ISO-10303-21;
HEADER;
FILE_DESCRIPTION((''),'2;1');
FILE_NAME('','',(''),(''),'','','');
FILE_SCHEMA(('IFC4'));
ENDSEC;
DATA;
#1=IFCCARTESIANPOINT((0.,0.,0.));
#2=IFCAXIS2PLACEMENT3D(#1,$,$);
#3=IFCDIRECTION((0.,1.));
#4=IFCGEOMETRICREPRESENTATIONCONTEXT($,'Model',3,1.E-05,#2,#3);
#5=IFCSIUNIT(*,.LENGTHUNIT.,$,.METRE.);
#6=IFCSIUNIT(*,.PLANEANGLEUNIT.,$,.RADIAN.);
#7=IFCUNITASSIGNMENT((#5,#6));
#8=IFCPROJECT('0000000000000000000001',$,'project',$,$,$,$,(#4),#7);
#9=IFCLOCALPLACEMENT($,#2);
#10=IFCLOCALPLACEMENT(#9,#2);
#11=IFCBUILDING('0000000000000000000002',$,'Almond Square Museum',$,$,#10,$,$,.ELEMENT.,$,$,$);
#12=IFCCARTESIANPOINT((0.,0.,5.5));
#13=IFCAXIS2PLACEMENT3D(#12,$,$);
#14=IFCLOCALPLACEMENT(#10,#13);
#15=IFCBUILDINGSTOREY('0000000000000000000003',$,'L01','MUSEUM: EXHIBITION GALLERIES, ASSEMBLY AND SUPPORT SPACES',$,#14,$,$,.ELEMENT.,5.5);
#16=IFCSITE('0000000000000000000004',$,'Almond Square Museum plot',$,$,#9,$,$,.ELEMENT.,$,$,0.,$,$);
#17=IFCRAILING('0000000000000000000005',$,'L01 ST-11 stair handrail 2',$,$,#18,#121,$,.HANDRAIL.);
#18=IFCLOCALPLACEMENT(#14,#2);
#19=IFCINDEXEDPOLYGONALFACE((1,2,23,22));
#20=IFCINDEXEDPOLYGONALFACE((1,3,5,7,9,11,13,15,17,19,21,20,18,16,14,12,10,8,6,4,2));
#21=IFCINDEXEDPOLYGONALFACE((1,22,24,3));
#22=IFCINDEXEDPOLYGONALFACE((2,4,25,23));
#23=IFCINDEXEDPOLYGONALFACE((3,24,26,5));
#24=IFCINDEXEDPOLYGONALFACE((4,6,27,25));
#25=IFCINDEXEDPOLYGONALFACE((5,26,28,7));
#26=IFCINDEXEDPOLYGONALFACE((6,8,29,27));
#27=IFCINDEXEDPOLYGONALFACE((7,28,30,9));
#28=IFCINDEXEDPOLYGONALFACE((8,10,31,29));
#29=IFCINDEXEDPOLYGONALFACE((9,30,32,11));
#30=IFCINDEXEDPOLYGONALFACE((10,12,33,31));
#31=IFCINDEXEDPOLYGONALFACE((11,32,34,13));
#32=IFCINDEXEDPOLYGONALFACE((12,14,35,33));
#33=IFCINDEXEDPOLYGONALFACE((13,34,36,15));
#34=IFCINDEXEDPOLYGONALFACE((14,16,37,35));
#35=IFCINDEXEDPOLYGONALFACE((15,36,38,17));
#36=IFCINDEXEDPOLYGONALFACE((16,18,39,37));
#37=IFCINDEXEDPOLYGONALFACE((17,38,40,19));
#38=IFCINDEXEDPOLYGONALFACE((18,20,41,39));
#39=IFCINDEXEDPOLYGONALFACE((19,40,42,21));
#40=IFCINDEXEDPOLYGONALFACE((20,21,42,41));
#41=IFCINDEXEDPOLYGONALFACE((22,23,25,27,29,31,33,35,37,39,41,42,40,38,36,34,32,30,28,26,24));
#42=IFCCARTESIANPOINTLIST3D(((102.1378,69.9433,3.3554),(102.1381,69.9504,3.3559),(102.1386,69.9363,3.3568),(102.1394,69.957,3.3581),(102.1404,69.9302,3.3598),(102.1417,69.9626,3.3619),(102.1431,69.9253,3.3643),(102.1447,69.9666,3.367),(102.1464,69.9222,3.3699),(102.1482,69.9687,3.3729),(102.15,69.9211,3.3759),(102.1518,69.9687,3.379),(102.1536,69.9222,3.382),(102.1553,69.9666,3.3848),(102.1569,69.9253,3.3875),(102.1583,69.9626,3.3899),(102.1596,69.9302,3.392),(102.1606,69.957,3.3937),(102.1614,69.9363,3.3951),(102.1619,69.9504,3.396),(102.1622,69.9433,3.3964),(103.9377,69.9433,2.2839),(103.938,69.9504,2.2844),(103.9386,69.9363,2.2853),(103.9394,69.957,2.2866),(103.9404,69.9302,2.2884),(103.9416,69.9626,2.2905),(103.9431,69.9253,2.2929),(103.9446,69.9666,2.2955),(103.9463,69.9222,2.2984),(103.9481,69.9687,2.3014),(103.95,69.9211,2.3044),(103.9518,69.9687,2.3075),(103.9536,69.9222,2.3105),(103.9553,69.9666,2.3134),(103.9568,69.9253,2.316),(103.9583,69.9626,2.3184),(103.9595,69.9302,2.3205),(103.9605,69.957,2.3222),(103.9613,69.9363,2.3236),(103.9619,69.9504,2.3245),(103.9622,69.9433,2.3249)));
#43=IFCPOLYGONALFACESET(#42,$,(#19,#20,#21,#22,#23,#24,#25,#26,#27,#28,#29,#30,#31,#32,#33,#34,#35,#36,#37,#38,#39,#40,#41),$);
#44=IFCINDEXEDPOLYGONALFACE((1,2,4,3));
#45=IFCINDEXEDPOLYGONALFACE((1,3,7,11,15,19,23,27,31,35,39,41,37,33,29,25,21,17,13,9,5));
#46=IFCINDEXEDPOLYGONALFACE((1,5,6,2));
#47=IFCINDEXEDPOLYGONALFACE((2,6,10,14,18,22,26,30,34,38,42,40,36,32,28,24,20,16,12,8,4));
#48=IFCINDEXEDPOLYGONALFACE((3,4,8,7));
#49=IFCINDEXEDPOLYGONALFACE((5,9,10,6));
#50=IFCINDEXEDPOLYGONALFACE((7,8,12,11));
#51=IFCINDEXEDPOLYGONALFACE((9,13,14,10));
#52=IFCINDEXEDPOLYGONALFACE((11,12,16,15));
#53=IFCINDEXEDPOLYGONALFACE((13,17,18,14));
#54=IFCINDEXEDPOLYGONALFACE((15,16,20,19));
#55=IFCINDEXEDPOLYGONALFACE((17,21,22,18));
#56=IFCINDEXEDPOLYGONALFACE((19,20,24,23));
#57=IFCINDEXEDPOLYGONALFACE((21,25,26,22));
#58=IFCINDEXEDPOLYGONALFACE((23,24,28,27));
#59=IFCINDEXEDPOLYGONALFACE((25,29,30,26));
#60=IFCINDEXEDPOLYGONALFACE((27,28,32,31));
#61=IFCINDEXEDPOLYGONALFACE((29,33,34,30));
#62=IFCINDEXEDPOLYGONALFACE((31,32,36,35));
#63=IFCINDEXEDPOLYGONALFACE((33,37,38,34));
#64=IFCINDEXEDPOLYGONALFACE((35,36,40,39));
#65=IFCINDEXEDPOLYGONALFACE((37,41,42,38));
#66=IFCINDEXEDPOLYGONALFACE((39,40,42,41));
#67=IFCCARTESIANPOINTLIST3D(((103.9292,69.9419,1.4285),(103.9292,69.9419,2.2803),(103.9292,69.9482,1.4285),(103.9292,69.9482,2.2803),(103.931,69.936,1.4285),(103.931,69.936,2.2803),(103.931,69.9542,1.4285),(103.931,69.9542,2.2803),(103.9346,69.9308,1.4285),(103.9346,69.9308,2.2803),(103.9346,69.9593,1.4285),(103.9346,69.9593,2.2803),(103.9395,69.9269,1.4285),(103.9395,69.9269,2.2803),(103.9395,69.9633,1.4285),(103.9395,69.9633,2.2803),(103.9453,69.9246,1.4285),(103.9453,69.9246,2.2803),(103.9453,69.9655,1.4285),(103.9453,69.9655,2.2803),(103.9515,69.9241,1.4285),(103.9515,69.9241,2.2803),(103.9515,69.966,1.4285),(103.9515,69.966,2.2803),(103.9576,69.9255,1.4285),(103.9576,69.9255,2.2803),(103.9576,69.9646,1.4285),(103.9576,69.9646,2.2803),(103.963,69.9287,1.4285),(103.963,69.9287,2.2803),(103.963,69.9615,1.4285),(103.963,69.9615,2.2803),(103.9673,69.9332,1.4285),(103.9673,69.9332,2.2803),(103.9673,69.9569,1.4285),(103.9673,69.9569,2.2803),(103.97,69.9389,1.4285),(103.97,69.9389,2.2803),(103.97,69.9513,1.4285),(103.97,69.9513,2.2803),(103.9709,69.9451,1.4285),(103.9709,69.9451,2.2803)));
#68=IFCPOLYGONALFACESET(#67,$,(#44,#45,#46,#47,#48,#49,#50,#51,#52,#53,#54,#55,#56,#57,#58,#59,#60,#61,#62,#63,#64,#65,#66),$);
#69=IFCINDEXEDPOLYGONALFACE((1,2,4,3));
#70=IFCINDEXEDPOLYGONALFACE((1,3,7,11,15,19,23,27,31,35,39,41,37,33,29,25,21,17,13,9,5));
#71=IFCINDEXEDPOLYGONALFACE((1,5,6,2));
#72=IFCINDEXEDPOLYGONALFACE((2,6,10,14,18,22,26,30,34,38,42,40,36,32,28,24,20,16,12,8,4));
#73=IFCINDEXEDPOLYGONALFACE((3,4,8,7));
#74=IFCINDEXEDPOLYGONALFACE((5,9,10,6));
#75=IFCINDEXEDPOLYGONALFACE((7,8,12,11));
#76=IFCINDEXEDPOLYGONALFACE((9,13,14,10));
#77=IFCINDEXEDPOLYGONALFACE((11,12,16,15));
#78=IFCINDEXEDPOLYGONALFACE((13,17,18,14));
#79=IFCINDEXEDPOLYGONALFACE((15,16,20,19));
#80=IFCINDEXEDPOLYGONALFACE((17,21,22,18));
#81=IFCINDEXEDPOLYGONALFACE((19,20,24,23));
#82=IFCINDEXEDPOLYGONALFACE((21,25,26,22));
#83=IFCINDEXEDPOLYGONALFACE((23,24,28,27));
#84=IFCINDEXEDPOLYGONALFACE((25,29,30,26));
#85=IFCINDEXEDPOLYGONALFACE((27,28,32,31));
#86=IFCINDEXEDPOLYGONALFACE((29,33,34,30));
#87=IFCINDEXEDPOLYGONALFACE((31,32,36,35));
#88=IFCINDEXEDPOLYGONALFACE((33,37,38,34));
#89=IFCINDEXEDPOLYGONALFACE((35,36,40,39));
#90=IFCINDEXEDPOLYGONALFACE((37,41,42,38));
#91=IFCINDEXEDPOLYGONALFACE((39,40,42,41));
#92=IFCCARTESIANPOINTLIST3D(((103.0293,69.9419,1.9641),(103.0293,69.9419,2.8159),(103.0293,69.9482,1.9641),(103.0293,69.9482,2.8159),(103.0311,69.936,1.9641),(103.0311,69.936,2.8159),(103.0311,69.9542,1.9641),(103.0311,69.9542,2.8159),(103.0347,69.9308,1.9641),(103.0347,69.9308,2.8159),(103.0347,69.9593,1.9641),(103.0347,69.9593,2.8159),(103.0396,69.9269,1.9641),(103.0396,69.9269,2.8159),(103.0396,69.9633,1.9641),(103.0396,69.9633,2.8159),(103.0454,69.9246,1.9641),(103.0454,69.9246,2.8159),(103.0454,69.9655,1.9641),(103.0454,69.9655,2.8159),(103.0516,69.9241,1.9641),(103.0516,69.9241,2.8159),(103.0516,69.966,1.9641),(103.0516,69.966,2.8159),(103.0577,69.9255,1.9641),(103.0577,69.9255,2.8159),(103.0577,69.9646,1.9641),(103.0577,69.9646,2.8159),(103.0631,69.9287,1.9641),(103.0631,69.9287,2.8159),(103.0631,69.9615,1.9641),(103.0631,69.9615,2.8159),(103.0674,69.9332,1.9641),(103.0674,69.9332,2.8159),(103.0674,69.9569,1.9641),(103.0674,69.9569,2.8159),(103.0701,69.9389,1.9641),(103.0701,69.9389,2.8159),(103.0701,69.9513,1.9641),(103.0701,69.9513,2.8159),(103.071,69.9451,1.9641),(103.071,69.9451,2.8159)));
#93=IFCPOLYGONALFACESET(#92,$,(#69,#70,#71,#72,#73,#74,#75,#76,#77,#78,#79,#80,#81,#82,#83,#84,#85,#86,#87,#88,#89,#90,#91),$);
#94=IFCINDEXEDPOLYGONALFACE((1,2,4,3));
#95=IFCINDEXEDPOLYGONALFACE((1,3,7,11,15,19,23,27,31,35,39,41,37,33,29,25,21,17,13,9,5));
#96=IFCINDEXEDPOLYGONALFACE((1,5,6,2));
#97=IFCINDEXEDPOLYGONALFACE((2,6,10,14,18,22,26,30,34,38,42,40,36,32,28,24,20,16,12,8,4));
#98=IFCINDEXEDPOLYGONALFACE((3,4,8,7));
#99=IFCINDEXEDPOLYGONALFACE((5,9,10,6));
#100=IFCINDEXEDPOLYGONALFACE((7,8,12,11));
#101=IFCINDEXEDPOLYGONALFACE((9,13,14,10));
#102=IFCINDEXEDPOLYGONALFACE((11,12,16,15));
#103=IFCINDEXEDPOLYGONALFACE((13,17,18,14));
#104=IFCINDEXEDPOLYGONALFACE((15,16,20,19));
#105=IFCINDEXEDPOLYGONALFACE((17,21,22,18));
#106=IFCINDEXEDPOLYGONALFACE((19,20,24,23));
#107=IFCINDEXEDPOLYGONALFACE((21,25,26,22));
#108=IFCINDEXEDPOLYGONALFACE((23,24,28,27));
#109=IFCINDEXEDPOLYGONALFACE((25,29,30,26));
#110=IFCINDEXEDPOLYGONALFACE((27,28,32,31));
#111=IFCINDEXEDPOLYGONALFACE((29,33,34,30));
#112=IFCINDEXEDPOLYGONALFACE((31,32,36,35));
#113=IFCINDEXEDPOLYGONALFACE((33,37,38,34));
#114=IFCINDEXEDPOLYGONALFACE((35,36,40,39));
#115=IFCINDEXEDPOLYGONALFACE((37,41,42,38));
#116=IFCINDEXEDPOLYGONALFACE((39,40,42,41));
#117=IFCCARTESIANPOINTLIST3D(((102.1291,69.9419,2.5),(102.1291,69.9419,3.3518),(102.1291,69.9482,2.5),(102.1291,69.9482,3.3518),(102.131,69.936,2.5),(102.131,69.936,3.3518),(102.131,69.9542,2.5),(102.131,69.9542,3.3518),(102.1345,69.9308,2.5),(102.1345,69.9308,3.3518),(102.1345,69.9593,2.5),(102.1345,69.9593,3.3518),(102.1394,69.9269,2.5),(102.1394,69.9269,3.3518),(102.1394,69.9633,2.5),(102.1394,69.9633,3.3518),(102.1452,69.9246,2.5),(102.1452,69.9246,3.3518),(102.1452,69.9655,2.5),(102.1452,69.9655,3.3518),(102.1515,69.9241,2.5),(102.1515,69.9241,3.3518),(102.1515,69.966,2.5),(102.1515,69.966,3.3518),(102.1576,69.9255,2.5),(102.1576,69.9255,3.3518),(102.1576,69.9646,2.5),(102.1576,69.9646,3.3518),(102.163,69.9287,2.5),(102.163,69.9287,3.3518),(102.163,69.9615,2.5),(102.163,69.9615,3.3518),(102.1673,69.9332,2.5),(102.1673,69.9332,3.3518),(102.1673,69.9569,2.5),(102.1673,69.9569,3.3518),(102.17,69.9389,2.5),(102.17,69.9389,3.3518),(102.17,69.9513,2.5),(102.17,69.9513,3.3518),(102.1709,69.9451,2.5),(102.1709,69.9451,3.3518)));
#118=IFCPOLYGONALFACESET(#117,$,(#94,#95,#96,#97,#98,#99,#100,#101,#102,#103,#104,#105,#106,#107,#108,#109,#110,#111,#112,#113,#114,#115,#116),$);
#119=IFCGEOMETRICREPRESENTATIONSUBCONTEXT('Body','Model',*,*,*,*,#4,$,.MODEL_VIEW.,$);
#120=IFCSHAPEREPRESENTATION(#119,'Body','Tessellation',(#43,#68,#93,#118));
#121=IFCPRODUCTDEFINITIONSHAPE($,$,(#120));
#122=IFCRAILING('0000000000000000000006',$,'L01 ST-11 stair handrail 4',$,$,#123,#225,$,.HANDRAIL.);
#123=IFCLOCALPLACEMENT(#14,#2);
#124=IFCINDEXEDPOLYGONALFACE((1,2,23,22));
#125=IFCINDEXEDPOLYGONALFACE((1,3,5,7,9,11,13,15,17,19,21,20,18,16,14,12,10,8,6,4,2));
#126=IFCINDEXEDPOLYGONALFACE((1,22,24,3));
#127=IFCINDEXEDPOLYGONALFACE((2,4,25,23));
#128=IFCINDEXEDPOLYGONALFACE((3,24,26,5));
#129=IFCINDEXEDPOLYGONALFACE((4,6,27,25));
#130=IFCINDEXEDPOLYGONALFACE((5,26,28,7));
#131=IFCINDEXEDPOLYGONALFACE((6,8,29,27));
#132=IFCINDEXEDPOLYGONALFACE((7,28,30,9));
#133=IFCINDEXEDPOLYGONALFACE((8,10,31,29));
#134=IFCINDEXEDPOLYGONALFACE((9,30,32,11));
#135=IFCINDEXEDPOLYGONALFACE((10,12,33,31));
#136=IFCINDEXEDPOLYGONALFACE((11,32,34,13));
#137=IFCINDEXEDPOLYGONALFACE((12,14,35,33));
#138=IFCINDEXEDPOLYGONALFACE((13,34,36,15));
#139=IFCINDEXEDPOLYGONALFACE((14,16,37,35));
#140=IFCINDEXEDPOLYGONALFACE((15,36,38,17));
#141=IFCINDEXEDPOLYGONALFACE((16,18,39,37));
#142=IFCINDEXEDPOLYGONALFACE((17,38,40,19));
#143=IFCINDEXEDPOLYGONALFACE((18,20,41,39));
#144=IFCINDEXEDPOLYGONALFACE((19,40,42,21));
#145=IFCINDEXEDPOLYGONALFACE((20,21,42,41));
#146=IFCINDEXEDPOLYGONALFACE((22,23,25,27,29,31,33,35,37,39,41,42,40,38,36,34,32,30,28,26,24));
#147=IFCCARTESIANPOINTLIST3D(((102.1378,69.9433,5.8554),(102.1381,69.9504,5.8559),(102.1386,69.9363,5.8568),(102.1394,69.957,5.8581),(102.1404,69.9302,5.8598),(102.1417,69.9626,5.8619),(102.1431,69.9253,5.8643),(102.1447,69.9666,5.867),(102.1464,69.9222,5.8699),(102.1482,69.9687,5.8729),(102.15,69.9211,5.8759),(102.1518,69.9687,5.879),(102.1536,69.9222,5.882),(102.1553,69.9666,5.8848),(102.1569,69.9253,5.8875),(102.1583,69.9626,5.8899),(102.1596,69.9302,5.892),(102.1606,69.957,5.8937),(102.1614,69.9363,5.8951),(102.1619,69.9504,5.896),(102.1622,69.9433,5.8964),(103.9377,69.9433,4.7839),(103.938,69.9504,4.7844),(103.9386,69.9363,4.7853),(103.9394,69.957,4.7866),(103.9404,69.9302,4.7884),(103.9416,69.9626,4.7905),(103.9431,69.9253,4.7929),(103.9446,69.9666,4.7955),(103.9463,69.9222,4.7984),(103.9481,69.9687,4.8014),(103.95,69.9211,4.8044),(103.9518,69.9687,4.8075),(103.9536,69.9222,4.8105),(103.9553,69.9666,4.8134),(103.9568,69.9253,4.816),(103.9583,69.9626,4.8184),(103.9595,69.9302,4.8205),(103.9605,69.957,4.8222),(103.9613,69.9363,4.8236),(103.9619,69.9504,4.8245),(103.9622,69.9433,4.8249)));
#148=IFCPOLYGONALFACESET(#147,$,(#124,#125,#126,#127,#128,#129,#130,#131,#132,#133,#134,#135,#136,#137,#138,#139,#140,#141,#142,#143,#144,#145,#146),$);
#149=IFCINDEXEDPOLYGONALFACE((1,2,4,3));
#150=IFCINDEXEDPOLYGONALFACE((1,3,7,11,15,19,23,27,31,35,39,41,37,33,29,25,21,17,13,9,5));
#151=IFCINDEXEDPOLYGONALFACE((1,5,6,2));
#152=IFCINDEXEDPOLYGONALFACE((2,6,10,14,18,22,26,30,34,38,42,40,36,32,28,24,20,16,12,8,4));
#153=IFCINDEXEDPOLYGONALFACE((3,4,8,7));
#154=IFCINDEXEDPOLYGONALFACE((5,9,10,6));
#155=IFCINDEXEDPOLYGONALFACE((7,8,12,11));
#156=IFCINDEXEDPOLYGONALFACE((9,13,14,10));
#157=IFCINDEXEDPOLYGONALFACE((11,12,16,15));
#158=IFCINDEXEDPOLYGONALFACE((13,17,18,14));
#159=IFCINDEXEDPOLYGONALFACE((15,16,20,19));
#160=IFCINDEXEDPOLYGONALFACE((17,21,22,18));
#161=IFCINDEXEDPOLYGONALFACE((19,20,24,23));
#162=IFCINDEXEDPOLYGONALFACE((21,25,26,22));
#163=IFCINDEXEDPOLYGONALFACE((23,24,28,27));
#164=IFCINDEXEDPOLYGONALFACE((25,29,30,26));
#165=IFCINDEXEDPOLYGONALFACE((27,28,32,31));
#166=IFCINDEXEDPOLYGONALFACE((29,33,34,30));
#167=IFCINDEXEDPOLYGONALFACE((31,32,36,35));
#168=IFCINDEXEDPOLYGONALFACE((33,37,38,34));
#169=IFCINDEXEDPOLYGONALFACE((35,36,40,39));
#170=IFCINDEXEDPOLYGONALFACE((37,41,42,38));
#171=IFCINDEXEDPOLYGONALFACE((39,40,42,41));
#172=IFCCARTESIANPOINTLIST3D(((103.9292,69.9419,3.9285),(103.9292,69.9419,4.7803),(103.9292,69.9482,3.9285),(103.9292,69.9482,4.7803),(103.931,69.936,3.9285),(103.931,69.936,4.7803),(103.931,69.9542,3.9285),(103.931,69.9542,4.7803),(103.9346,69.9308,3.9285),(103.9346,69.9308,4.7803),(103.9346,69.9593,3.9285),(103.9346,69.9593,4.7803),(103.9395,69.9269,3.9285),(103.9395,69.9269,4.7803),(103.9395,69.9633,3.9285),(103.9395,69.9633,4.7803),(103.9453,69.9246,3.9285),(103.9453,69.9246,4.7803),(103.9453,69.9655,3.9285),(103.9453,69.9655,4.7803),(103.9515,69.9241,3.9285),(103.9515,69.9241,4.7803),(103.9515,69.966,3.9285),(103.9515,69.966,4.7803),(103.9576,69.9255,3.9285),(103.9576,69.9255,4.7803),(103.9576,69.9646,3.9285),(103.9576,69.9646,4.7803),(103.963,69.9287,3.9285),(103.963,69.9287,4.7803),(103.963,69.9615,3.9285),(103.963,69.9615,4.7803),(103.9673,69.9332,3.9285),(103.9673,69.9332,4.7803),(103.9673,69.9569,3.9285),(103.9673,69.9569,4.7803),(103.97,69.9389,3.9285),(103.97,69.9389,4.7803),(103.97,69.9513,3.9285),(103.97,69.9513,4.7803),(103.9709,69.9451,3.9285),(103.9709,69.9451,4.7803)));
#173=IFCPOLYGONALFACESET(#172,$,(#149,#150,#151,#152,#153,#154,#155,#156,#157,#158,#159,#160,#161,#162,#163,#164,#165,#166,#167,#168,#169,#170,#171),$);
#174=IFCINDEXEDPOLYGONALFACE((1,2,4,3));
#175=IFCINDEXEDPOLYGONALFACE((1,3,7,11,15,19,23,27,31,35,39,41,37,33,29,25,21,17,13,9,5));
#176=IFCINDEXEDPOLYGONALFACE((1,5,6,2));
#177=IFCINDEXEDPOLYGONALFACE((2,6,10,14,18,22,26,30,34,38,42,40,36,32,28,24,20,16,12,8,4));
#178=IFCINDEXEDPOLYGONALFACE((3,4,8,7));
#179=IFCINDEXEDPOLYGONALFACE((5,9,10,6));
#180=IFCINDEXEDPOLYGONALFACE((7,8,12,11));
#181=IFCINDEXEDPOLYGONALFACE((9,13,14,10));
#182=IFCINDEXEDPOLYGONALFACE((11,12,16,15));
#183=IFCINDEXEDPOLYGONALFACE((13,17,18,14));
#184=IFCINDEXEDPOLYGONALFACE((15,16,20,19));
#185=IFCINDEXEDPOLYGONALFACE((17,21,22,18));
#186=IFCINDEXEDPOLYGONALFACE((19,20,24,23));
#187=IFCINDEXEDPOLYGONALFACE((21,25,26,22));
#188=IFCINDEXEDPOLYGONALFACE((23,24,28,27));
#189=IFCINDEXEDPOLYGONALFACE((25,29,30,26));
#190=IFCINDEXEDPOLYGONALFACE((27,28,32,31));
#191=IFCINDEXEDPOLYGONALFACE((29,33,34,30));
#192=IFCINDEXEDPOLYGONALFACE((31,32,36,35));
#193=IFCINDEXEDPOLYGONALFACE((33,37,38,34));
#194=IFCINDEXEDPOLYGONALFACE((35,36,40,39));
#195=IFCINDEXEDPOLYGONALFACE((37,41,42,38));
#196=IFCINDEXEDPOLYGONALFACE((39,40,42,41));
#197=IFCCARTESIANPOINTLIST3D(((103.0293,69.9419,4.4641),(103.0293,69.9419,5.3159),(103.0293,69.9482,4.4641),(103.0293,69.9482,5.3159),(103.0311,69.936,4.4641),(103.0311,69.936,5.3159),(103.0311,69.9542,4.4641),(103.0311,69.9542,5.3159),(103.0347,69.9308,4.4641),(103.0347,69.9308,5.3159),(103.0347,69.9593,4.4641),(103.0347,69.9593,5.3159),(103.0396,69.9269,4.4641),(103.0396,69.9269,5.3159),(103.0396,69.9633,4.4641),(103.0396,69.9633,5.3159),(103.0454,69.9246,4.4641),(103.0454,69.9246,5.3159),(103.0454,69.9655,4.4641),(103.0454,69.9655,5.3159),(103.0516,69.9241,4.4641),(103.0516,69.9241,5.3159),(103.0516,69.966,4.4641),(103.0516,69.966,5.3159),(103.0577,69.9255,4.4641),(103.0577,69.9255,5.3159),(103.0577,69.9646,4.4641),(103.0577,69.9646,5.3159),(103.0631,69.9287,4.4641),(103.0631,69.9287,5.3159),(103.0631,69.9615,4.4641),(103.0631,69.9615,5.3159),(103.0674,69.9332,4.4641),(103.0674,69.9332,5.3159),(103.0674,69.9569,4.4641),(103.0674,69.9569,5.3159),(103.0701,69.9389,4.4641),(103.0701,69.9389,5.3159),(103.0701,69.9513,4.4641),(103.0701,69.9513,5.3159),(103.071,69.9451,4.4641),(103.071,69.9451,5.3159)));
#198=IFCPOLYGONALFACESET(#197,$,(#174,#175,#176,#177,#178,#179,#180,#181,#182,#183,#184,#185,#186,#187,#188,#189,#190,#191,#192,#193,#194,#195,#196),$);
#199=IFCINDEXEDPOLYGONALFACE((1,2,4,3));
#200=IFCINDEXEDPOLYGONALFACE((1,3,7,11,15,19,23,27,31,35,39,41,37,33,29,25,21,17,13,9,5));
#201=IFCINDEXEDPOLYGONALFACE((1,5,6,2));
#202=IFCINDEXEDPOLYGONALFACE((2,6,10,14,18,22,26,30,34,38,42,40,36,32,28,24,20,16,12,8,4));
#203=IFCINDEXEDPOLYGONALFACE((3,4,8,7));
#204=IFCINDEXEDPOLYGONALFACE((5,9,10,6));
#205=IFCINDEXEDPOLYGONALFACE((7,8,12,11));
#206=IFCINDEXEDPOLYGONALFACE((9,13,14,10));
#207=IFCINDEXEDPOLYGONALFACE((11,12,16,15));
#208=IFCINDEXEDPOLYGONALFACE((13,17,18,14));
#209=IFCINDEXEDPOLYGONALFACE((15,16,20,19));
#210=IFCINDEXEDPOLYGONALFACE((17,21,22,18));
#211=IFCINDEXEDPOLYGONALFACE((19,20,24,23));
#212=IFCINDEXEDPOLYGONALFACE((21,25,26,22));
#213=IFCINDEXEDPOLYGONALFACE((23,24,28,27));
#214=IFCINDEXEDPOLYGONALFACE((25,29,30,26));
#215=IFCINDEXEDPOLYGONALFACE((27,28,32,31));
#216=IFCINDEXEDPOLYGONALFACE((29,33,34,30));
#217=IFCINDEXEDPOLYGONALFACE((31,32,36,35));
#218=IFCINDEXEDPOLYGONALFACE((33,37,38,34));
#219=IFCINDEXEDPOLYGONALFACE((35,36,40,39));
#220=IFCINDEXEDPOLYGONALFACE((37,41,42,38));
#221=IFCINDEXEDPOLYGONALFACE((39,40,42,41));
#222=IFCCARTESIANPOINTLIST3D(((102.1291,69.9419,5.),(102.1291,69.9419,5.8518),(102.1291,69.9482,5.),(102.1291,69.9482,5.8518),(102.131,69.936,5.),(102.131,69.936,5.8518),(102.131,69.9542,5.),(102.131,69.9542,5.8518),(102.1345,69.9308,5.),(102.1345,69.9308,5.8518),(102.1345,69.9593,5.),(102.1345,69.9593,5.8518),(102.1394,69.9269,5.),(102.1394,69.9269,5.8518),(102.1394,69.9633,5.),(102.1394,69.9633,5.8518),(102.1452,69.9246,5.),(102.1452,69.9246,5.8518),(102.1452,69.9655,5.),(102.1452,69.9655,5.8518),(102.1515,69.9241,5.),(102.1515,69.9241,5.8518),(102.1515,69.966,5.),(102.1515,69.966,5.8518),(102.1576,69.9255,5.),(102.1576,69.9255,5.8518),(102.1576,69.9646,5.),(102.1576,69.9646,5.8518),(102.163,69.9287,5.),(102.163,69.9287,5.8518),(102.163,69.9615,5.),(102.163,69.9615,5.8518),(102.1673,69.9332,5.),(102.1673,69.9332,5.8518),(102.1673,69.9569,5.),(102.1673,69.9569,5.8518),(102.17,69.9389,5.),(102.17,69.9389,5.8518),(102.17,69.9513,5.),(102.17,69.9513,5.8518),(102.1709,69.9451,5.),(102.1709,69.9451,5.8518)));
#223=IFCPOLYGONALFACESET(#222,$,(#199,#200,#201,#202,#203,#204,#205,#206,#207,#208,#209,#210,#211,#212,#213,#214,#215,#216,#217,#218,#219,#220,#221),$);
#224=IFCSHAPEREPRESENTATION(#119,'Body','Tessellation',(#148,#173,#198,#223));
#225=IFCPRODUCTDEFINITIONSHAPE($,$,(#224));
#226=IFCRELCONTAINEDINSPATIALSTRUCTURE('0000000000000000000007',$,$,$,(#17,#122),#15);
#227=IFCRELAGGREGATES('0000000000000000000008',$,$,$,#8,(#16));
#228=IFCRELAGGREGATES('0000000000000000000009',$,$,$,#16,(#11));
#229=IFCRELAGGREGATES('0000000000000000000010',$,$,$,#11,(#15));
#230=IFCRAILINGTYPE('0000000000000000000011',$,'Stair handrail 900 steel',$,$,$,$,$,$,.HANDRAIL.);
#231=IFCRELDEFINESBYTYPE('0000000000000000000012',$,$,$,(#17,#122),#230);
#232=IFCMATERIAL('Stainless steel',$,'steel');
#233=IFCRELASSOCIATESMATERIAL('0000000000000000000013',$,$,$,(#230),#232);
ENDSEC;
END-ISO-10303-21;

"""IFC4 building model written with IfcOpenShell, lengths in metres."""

from ifc_helpers import new_model, si_unit, direction, frame, origin, origin_2d, place, context, subcontext, project, spatial, circle, extrude, material, type_object, element, save


model = new_model("IFC4")

# Units and contexts
model_context = context("Model", 3, precision=1e-05, world=origin(), true_north=direction((0.0, 1.0)))
body_context = subcontext(model_context, "Body", "Model", "MODEL_VIEW")
ifc_project = project(units=[si_unit("LENGTHUNIT", "METRE"), si_unit("PLANEANGLEUNIT", "RADIAN")], contexts=[model_context])

# Site, building, storey
site_placement = place(None, origin())
site = spatial("IfcSite", under=ifc_project, at=site_placement, Name="Almond Square Museum plot", CompositionType="ELEMENT", RefElevation=0.0)
building_placement = place(site_placement, origin())
building = spatial("IfcBuilding", under=site, at=building_placement, Name="Almond Square Museum", CompositionType="ELEMENT")
storey_placement = place(building_placement, frame((0.0, 0.0, 5.5)))
storey = spatial("IfcBuildingStorey", under=building, at=storey_placement, Name="L01", Description="MUSEUM: EXHIBITION GALLERIES, ASSEMBLY AND SUPPORT SPACES", CompositionType="ELEMENT", Elevation=5.5)

# Railings
ifc_material_1 = material(Name="Stainless steel", Category="steel")
railing_type_1 = type_object("IfcRailingType", Name="Stair handrail 900 steel", PredefinedType="HANDRAIL", material=ifc_material_1)
for number, where, name in (
    (1, (103.95, 69.9451, 1.4285), "L01 ST-11 stair handrail 2"),
    (2, (103.95, 69.9451, 3.9285), "L01 ST-11 stair handrail 4"),
):
    element("IfcRailing", number, at=place(storey_placement, frame(where)), inside=storey, type_object=railing_type_1, Name=name, PredefinedType="HANDRAIL", context=body_context, shape_type="SweptSolid", body=[
        extrude(circle(Radius=0.0239, at=origin_2d()), frame((0.0, 0.0, 0.876), z_axis=(-0.859277, 0.0, 0.51151), x_axis=(0.0, -1.0, 0.0)), (0.0, 0.0, 1.0), 2.0947),
        extrude(circle(Radius=0.021, at=origin_2d()), origin(), (0.0, 0.0, 1.0), 0.8518),
        extrude(circle(Radius=0.021, at=origin_2d()), frame((-0.8999, 0.0, 0.5356)), (0.0, 0.0, 1.0), 0.8518),
        extrude(circle(Radius=0.021, at=origin_2d()), frame((-1.8, 0.0, 1.0715)), (0.0, 0.0, 1.0), 0.8518),
    ])

save(model, "model.ifc")
